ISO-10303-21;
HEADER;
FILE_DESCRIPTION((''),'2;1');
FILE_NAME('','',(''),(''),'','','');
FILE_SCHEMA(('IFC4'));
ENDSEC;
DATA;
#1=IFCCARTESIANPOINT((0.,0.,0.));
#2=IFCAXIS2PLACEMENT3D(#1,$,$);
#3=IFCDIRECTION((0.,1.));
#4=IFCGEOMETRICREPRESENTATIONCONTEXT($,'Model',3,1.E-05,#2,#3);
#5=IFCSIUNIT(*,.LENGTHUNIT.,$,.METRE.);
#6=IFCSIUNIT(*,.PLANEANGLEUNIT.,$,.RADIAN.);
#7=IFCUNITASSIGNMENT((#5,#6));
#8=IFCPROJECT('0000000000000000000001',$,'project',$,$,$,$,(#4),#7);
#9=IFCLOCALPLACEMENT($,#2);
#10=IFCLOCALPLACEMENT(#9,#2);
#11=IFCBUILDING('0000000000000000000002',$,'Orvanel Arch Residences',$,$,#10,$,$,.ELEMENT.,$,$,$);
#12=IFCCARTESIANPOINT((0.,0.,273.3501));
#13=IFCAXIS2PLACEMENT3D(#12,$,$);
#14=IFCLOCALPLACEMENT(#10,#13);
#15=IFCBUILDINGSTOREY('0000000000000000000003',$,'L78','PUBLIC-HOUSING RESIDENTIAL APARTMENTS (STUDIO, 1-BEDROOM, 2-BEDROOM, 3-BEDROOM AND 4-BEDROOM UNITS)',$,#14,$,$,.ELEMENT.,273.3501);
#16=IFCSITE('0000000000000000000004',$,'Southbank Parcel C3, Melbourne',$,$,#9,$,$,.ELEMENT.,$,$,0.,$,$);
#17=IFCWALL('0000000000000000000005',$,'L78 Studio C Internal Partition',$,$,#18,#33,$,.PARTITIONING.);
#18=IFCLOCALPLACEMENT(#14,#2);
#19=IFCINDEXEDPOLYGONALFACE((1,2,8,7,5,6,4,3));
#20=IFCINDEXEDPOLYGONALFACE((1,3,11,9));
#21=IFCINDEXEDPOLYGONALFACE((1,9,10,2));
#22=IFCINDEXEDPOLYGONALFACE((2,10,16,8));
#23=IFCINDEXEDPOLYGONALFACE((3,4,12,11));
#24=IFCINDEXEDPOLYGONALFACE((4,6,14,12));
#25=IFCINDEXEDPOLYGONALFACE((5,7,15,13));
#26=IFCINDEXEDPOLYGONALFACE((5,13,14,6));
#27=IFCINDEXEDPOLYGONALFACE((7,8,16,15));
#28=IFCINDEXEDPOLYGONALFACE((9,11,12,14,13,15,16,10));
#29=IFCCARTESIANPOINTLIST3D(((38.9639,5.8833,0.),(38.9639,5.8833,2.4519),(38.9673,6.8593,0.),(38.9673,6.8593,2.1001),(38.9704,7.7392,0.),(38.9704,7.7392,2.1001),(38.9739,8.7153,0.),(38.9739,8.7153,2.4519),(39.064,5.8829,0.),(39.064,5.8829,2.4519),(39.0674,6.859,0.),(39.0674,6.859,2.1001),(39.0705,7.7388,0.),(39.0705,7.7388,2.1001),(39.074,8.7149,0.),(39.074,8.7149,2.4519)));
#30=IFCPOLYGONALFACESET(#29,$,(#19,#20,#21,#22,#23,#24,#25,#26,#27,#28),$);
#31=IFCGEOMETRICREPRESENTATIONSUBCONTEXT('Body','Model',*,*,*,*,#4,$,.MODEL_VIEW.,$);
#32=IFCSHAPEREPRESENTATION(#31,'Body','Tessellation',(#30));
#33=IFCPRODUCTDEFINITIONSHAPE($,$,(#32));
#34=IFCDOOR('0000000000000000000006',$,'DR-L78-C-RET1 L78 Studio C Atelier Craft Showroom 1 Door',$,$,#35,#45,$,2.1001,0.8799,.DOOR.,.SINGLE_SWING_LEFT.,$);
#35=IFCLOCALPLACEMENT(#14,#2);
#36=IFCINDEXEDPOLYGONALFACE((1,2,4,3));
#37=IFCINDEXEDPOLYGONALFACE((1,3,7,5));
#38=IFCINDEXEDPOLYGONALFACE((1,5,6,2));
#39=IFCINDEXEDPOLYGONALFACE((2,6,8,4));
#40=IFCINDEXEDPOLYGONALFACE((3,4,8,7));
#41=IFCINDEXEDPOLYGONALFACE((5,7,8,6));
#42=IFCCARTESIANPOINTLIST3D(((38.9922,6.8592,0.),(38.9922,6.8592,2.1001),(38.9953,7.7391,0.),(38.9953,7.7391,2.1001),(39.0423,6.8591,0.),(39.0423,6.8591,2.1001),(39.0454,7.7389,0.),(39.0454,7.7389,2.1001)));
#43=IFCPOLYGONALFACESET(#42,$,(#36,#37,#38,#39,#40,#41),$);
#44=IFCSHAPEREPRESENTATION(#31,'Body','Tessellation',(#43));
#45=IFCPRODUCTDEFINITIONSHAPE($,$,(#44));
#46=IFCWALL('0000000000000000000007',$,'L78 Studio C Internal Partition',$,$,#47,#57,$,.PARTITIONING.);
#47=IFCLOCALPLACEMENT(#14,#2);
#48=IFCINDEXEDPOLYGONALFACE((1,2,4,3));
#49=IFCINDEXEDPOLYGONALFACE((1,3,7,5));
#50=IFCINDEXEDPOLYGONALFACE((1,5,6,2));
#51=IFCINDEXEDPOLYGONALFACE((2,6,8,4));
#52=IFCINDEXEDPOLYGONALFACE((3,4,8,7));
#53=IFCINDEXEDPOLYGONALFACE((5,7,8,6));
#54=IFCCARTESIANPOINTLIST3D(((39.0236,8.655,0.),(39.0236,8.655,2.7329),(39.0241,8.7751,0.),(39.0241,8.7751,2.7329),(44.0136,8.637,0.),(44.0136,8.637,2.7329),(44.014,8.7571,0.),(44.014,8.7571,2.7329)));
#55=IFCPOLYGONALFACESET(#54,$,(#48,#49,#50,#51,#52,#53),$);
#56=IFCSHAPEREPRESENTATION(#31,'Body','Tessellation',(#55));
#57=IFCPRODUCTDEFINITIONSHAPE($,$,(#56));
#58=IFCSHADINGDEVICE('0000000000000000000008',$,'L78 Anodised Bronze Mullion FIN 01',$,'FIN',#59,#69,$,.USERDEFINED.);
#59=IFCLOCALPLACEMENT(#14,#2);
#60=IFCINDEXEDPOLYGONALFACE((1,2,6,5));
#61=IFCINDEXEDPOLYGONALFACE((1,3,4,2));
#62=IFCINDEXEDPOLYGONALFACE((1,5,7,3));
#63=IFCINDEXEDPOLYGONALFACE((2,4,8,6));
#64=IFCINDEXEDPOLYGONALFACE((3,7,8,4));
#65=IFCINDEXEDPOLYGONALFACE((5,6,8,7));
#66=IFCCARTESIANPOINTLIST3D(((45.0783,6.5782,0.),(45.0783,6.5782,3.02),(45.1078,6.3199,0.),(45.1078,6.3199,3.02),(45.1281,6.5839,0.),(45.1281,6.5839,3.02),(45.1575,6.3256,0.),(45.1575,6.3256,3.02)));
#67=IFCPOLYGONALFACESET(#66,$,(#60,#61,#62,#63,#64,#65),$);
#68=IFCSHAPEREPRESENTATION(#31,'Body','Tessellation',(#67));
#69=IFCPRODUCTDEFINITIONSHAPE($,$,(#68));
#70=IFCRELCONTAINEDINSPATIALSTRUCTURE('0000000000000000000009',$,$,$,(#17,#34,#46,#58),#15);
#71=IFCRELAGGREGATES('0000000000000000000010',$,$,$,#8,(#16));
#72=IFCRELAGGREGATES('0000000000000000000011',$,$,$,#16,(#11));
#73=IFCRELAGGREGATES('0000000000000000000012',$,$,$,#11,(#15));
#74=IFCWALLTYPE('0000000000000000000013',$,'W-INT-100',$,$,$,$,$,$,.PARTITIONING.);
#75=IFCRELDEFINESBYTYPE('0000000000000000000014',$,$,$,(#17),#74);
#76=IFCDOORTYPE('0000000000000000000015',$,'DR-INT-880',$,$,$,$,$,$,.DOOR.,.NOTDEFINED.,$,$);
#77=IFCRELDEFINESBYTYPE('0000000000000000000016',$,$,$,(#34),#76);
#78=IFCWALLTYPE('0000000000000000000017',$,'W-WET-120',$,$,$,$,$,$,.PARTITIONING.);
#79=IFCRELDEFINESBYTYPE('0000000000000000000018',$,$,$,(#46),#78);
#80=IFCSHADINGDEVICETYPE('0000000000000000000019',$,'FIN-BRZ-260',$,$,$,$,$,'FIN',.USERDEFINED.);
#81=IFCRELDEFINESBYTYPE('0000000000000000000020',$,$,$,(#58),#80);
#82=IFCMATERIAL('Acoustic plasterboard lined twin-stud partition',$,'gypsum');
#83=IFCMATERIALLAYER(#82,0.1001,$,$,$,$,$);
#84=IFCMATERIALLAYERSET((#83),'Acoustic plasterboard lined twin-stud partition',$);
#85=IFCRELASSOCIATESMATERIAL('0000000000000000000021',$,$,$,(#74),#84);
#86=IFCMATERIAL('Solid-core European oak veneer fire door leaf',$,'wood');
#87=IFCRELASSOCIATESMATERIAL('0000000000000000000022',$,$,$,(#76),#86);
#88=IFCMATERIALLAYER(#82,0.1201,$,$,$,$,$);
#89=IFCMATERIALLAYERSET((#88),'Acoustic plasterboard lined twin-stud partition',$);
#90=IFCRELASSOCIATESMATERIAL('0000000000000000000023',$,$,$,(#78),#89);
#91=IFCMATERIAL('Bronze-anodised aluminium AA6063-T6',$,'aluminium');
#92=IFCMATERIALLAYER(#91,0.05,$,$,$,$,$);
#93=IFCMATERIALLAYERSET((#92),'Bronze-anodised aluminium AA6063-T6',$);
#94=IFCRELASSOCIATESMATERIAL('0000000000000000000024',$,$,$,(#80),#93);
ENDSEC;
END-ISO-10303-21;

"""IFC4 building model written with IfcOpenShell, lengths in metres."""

from ifc_helpers import new_model, si_unit, direction, frame, frame_2d, origin, origin_2d, place, context, subcontext, project, spatial, rectangle, extrude, material, layer, layer_set, type_object, element, fill, save


model = new_model("IFC4")

# Units and contexts
model_context = context("Model", 3, precision=1e-05, world=origin(), true_north=direction((0.0, 1.0)))
body_context = subcontext(model_context, "Body", "Model", "MODEL_VIEW")
ifc_project = project(units=[si_unit("LENGTHUNIT", "METRE"), si_unit("PLANEANGLEUNIT", "RADIAN")], contexts=[model_context])

# Site, building, storey
site_placement = place(None, origin())
site = spatial("IfcSite", under=ifc_project, at=site_placement, Name="Southbank Parcel C3, Melbourne", CompositionType="ELEMENT", RefElevation=0.0)
building_placement = place(site_placement, origin())
building = spatial("IfcBuilding", under=site, at=building_placement, Name="Orvanel Arch Residences", CompositionType="ELEMENT")
storey_placement = place(building_placement, frame((0.0, 0.0, 273.3501)))
storey = spatial("IfcBuildingStorey", under=building, at=storey_placement, Name="L78", Description="PUBLIC-HOUSING RESIDENTIAL APARTMENTS (STUDIO, 1-BEDROOM, 2-BEDROOM, 3-BEDROOM AND 4-BEDROOM UNITS)", CompositionType="ELEMENT", Elevation=273.3501)

# Shared definitions
ifc_material_1 = material(Name="Bronze-anodised aluminium AA6063-T6", Category="aluminium")

# Wall, opening, door
ifc_material_2 = material(Name="Acoustic plasterboard lined twin-stud partition", Category="gypsum")
ifc_layer_1 = layer(ifc_material_2, 0.1001)
ifc_layer_set_1 = layer_set([ifc_layer_1], Name="Acoustic plasterboard lined twin-stud partition")
wall_type_1 = type_object("IfcWallType", Name="W-INT-100", PredefinedType="PARTITIONING", material=ifc_layer_set_1)
wall_1_placement = place(storey_placement, frame((39.0239, 8.7151, 0.0), z_axis=(0.0, 0.0, 1.0), x_axis=(-0.003534, -0.999994, 0.0)))
wall_1 = element("IfcWall", 1, at=wall_1_placement, inside=storey, type_object=wall_type_1, Name="L78 Studio C Internal Partition", PredefinedType="PARTITIONING", context=body_context, shape_type="SweptSolid", body=[
    extrude(rectangle(XDim=2.832, YDim=0.1001, at=frame_2d((1.416, 0.0))), origin(), (0.0, 0.0, 1.0), 2.4519),
])
opening_placement = place(wall_1_placement, frame((0.9761, 0.0, 0.0)))
opening = element("IfcOpeningElement", 2, at=opening_placement, cuts=wall_1, PredefinedType="OPENING", context=body_context, shape_type="SweptSolid", body=[
    extrude(rectangle(XDim=0.8799, YDim=2.1001, at=frame_2d((0.4399, 1.05))), frame((0.0, 0.0601, 0.0), z_axis=(0.0, -1.0, 0.0), x_axis=(1.0, 0.0, 0.0)), (0.0, 0.0, 1.0), 0.1201),
])
ifc_material_3 = material(Name="Solid-core European oak veneer fire door leaf", Category="wood")
door_type = type_object("IfcDoorType", Name="DR-INT-880", OperationType="NOTDEFINED", PredefinedType="DOOR", material=ifc_material_3)
door_placement = place(opening_placement, origin())
door = element("IfcDoor", 3, at=door_placement, inside=storey, type_object=door_type, Name="DR-L78-C-RET1 L78 Studio C Atelier Craft Showroom 1 Door", OperationType="SINGLE_SWING_LEFT", OverallHeight=2.1001, OverallWidth=0.8799, PredefinedType="DOOR", context=body_context, shape_type="SweptSolid", body=[
    extrude(rectangle(XDim=0.8799, YDim=2.1001, at=frame_2d((0.4399, 1.05))), frame((0.0, 0.0249, 0.0), z_axis=(0.0, -1.0, 0.0), x_axis=(1.0, 0.0, 0.0)), (0.0, 0.0, 1.0), 0.05),
])
fill(opening, door)

# Wall
ifc_layer_2 = layer(ifc_material_2, 0.1201)
ifc_layer_set_2 = layer_set([ifc_layer_2], Name="Acoustic plasterboard lined twin-stud partition")
wall_type_2 = type_object("IfcWallType", Name="W-WET-120", PredefinedType="PARTITIONING", material=ifc_layer_set_2)
wall_2_placement = place(storey_placement, frame((44.0139, 8.697, 0.0), z_axis=(0.0, 0.0, 1.0), x_axis=(-0.999993, 0.003621, 0.0)))
element("IfcWall", 4, at=wall_2_placement, inside=storey, type_object=wall_type_2, Name="L78 Studio C Internal Partition", PredefinedType="PARTITIONING", context=body_context, shape_type="SweptSolid", body=[
    extrude(rectangle(XDim=4.99, YDim=0.1201, at=frame_2d((2.4951, 0.0))), origin(), (0.0, 0.0, 1.0), 2.7329),
])

# Shading device
ifc_layer_3 = layer(ifc_material_1, 0.05)
ifc_layer_set_3 = layer_set([ifc_layer_3], Name="Bronze-anodised aluminium AA6063-T6")
shading_device_type = type_object("IfcShadingDeviceType", Name="FIN-BRZ-260", ElementType="FIN", PredefinedType="USERDEFINED", material=ifc_layer_set_3)
shading_device_placement = place(storey_placement, frame((45.1179, 6.4519, 0.0), z_axis=(0.0, 0.0, 1.0), x_axis=(0.113203, -0.993572, 0.0)))
element("IfcShadingDevice", 5, at=shading_device_placement, inside=storey, type_object=shading_device_type, Name="L78 Anodised Bronze Mullion FIN 01", ObjectType="FIN", PredefinedType="USERDEFINED", context=body_context, shape_type="SweptSolid", body=[
    extrude(rectangle(XDim=0.26, YDim=0.05, at=origin_2d()), origin(), (0.0, 0.0, 1.0), 3.02),
])

save(model, "model.ifc")
